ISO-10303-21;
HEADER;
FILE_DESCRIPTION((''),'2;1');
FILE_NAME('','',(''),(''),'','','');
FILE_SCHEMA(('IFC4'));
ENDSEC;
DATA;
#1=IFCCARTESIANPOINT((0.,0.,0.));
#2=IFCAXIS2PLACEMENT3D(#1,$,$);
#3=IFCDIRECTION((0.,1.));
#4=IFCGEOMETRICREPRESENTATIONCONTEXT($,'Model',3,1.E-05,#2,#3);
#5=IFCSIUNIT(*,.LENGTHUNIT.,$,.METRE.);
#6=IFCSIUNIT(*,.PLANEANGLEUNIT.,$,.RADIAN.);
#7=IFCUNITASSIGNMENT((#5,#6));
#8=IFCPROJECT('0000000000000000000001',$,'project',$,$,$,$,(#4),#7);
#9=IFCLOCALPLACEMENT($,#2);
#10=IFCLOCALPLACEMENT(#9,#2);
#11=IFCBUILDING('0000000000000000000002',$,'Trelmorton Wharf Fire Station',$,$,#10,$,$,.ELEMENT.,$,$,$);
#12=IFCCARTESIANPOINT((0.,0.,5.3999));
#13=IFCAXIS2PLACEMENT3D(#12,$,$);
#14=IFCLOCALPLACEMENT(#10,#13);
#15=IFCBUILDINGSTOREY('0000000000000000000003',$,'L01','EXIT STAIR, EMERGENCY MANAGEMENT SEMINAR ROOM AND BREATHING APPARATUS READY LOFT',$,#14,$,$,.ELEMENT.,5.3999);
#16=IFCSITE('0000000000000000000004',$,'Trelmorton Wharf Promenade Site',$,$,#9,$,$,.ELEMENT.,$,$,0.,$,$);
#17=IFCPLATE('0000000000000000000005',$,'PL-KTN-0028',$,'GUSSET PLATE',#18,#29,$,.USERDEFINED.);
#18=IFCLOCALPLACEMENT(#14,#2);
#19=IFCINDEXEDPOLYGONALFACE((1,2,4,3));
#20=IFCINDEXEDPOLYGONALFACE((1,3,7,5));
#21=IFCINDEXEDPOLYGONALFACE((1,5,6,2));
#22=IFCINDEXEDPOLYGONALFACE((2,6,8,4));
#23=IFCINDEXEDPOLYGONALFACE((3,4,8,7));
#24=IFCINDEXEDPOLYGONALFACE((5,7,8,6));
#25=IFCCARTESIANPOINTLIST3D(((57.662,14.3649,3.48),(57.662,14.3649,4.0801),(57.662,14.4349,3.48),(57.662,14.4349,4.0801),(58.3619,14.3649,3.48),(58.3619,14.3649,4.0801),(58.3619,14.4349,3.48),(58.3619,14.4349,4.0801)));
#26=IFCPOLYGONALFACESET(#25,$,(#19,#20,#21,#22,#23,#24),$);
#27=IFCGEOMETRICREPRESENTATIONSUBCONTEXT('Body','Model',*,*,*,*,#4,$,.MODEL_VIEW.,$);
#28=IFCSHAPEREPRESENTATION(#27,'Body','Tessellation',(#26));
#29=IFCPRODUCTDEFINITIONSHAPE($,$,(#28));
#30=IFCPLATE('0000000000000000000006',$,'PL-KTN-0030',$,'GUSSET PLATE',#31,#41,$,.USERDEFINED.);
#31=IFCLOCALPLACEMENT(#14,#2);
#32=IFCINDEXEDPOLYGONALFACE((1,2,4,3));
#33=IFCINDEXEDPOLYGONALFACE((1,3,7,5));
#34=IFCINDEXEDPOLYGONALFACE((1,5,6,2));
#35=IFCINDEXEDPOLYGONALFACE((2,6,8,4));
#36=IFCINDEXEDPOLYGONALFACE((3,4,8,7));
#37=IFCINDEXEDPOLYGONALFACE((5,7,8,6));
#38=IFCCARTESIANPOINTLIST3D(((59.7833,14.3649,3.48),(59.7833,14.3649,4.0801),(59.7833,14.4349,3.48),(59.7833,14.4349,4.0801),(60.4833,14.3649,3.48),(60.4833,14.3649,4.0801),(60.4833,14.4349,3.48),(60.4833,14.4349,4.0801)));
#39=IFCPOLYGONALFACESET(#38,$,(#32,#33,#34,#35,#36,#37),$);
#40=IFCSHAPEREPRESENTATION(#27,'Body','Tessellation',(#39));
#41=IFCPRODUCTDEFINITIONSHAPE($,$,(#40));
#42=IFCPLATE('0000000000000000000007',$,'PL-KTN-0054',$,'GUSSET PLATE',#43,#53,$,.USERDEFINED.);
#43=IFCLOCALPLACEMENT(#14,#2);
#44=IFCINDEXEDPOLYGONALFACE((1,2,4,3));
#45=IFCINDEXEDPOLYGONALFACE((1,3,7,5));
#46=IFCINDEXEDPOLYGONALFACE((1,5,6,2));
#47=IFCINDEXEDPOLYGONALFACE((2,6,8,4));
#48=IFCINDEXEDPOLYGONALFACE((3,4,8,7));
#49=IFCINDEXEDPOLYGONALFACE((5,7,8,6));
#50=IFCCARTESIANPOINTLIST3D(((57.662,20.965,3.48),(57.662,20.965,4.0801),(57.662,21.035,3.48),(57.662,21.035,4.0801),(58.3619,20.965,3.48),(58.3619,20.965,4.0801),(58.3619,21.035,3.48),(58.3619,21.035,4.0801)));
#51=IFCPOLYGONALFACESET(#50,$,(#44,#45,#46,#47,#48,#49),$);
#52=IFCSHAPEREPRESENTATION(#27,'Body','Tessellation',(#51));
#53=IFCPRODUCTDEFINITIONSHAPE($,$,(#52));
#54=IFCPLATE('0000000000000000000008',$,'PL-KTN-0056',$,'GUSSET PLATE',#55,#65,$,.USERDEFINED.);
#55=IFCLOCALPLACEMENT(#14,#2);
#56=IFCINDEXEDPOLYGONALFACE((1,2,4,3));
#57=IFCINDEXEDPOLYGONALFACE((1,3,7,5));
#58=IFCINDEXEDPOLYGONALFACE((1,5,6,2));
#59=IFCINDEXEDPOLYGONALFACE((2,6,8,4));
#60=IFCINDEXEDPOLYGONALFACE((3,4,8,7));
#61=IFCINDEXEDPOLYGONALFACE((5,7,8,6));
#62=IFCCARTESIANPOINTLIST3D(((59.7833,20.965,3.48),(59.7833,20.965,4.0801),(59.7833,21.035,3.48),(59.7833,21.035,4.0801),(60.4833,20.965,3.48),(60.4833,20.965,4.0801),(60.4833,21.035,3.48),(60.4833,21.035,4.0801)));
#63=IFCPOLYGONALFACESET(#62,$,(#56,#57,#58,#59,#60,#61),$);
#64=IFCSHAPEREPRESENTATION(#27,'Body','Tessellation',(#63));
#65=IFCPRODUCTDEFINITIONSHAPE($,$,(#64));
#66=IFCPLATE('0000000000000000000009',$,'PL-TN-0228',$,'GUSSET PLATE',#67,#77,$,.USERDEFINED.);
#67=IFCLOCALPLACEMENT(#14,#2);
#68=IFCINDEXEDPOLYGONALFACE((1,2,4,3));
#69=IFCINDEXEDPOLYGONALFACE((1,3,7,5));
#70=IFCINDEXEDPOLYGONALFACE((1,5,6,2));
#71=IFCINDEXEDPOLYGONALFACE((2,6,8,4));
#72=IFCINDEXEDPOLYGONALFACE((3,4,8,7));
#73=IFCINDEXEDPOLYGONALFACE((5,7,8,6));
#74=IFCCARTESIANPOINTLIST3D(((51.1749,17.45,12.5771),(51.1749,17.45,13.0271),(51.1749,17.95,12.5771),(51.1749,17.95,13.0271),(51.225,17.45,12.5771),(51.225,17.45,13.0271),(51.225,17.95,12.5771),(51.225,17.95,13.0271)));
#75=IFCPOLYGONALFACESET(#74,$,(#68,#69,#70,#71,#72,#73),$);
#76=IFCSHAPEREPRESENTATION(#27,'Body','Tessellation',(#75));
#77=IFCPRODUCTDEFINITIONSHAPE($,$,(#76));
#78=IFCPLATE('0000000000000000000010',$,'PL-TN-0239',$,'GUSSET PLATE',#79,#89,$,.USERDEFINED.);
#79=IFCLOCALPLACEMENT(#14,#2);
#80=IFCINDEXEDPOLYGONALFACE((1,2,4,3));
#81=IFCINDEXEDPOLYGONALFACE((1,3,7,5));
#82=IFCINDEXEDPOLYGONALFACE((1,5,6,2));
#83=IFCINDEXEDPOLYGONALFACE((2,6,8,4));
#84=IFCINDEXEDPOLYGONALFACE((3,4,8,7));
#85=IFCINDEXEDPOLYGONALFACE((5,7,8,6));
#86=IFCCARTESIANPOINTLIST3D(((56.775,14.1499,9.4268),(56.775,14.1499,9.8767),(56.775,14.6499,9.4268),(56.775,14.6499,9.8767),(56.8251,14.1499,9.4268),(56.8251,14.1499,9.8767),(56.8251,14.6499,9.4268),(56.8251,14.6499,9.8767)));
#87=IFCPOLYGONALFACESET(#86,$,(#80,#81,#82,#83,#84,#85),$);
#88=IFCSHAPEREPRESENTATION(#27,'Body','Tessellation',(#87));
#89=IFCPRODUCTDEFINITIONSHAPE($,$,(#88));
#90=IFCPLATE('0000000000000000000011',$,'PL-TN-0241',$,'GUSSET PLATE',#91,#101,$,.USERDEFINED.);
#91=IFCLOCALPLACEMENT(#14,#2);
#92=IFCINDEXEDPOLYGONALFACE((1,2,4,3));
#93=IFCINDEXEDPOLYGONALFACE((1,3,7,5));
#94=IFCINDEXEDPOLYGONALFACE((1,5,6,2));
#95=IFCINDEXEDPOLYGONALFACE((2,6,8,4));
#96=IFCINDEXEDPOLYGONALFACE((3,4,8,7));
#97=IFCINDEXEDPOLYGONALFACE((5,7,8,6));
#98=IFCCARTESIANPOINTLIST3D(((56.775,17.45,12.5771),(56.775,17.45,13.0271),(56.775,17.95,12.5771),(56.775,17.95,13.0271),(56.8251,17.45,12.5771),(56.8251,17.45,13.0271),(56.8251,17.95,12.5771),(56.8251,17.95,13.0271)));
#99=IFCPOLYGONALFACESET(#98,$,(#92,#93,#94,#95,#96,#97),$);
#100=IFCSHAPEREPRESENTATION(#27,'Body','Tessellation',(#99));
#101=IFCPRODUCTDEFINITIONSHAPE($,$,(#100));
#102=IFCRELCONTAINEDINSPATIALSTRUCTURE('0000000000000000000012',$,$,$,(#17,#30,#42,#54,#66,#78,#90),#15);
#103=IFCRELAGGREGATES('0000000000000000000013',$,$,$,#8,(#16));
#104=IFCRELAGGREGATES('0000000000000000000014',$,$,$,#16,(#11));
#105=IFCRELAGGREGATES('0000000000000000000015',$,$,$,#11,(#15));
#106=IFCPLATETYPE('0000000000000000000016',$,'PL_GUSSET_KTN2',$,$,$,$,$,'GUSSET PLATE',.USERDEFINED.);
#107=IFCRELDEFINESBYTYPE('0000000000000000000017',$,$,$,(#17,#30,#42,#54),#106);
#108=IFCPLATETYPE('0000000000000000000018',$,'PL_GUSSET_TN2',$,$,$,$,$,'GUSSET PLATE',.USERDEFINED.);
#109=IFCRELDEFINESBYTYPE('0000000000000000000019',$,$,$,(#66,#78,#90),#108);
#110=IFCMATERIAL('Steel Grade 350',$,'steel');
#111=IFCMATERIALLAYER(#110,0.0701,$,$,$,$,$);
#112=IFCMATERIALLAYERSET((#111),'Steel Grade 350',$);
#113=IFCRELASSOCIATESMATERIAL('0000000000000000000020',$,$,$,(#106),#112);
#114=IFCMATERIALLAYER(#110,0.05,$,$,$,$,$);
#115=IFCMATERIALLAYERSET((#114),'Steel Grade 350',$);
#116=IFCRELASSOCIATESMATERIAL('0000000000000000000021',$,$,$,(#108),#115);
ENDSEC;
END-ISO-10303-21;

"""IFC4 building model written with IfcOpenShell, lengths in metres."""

from ifc_helpers import new_model, si_unit, direction, frame, origin, origin_2d, place, context, subcontext, project, spatial, rectangle, extrude, material, layer, layer_set, type_object, element, save


model = new_model("IFC4")

# Units and contexts
model_context = context("Model", 3, precision=1e-05, world=origin(), true_north=direction((0.0, 1.0)))
body_context = subcontext(model_context, "Body", "Model", "MODEL_VIEW")
ifc_project = project(units=[si_unit("LENGTHUNIT", "METRE"), si_unit("PLANEANGLEUNIT", "RADIAN")], contexts=[model_context])

# Site, building, storey
site_placement = place(None, origin())
site = spatial("IfcSite", under=ifc_project, at=site_placement, Name="Trelmorton Wharf Promenade Site", CompositionType="ELEMENT", RefElevation=0.0)
building_placement = place(site_placement, origin())
building = spatial("IfcBuilding", under=site, at=building_placement, Name="Trelmorton Wharf Fire Station", CompositionType="ELEMENT")
storey_placement = place(building_placement, frame((0.0, 0.0, 5.3999)))
storey = spatial("IfcBuildingStorey", under=building, at=storey_placement, Name="L01", Description="EXIT STAIR, EMERGENCY MANAGEMENT SEMINAR ROOM AND BREATHING APPARATUS READY LOFT", CompositionType="ELEMENT", Elevation=5.3999)

# Shared definitions
ifc_material_1 = material(Name="Steel Grade 350", Category="steel")

# Plates
ifc_layer_1 = layer(ifc_material_1, 0.0701)
ifc_layer_set_1 = layer_set([ifc_layer_1], Name="Steel Grade 350")
plate_type_1 = type_object("IfcPlateType", Name="PL_GUSSET_KTN2", ElementType="GUSSET PLATE", PredefinedType="USERDEFINED", material=ifc_layer_set_1)
for number, where, z_axis, x_axis, name in (
    (1, (58.012, 14.3999, 3.48), (0.0, 0.0, 1.0), (1.0, 0.0, 0.0), "PL-KTN-0028"),
    (2, (60.1333, 14.3999, 3.48), (0.0, 0.0, 1.0), (1.0, 0.0, 0.0), "PL-KTN-0030"),
    (3, (58.012, 21.0, 3.48), (0.0, 0.0, 1.0), (1.0, 0.0, 0.0), "PL-KTN-0054"),
    (4, (60.1333, 21.0, 3.48), (0.0, 0.0, 1.0), (1.0, 0.0, 0.0), "PL-KTN-0056"),
):
    element("IfcPlate", number, at=place(storey_placement, frame(where, z_axis=z_axis, x_axis=x_axis)), inside=storey, type_object=plate_type_1, Name=name, ObjectType="GUSSET PLATE", PredefinedType="USERDEFINED", context=body_context, shape_type="SweptSolid", body=[
        extrude(rectangle(XDim=0.7, YDim=0.0701, at=origin_2d()), origin(), (0.0, 0.0, 1.0), 0.6001),
    ])
ifc_layer_2 = layer(ifc_material_1, 0.05)
ifc_layer_set_2 = layer_set([ifc_layer_2], Name="Steel Grade 350")
plate_type_2 = type_object("IfcPlateType", Name="PL_GUSSET_TN2", ElementType="GUSSET PLATE", PredefinedType="USERDEFINED", material=ifc_layer_set_2)
for number, where, z_axis, x_axis, name in (
    (5, (51.2, 17.7, 12.5771), (0.0, 0.0, 1.0), (1.0, 0.0, 0.0), "PL-TN-0228"),
    (6, (56.8, 14.3999, 9.4268), (0.0, 0.0, 1.0), (1.0, 0.0, 0.0), "PL-TN-0239"),
    (7, (56.8, 17.7, 12.5771), (0.0, 0.0, 1.0), (1.0, 0.0, 0.0), "PL-TN-0241"),
):
    element("IfcPlate", number, at=place(storey_placement, frame(where, z_axis=z_axis, x_axis=x_axis)), inside=storey, type_object=plate_type_2, Name=name, ObjectType="GUSSET PLATE", PredefinedType="USERDEFINED", context=body_context, shape_type="SweptSolid", body=[
        extrude(rectangle(XDim=0.05, YDim=0.5, at=origin_2d()), origin(), (0.0, 0.0, 1.0), 0.45),
    ])

save(model, "model.ifc")
